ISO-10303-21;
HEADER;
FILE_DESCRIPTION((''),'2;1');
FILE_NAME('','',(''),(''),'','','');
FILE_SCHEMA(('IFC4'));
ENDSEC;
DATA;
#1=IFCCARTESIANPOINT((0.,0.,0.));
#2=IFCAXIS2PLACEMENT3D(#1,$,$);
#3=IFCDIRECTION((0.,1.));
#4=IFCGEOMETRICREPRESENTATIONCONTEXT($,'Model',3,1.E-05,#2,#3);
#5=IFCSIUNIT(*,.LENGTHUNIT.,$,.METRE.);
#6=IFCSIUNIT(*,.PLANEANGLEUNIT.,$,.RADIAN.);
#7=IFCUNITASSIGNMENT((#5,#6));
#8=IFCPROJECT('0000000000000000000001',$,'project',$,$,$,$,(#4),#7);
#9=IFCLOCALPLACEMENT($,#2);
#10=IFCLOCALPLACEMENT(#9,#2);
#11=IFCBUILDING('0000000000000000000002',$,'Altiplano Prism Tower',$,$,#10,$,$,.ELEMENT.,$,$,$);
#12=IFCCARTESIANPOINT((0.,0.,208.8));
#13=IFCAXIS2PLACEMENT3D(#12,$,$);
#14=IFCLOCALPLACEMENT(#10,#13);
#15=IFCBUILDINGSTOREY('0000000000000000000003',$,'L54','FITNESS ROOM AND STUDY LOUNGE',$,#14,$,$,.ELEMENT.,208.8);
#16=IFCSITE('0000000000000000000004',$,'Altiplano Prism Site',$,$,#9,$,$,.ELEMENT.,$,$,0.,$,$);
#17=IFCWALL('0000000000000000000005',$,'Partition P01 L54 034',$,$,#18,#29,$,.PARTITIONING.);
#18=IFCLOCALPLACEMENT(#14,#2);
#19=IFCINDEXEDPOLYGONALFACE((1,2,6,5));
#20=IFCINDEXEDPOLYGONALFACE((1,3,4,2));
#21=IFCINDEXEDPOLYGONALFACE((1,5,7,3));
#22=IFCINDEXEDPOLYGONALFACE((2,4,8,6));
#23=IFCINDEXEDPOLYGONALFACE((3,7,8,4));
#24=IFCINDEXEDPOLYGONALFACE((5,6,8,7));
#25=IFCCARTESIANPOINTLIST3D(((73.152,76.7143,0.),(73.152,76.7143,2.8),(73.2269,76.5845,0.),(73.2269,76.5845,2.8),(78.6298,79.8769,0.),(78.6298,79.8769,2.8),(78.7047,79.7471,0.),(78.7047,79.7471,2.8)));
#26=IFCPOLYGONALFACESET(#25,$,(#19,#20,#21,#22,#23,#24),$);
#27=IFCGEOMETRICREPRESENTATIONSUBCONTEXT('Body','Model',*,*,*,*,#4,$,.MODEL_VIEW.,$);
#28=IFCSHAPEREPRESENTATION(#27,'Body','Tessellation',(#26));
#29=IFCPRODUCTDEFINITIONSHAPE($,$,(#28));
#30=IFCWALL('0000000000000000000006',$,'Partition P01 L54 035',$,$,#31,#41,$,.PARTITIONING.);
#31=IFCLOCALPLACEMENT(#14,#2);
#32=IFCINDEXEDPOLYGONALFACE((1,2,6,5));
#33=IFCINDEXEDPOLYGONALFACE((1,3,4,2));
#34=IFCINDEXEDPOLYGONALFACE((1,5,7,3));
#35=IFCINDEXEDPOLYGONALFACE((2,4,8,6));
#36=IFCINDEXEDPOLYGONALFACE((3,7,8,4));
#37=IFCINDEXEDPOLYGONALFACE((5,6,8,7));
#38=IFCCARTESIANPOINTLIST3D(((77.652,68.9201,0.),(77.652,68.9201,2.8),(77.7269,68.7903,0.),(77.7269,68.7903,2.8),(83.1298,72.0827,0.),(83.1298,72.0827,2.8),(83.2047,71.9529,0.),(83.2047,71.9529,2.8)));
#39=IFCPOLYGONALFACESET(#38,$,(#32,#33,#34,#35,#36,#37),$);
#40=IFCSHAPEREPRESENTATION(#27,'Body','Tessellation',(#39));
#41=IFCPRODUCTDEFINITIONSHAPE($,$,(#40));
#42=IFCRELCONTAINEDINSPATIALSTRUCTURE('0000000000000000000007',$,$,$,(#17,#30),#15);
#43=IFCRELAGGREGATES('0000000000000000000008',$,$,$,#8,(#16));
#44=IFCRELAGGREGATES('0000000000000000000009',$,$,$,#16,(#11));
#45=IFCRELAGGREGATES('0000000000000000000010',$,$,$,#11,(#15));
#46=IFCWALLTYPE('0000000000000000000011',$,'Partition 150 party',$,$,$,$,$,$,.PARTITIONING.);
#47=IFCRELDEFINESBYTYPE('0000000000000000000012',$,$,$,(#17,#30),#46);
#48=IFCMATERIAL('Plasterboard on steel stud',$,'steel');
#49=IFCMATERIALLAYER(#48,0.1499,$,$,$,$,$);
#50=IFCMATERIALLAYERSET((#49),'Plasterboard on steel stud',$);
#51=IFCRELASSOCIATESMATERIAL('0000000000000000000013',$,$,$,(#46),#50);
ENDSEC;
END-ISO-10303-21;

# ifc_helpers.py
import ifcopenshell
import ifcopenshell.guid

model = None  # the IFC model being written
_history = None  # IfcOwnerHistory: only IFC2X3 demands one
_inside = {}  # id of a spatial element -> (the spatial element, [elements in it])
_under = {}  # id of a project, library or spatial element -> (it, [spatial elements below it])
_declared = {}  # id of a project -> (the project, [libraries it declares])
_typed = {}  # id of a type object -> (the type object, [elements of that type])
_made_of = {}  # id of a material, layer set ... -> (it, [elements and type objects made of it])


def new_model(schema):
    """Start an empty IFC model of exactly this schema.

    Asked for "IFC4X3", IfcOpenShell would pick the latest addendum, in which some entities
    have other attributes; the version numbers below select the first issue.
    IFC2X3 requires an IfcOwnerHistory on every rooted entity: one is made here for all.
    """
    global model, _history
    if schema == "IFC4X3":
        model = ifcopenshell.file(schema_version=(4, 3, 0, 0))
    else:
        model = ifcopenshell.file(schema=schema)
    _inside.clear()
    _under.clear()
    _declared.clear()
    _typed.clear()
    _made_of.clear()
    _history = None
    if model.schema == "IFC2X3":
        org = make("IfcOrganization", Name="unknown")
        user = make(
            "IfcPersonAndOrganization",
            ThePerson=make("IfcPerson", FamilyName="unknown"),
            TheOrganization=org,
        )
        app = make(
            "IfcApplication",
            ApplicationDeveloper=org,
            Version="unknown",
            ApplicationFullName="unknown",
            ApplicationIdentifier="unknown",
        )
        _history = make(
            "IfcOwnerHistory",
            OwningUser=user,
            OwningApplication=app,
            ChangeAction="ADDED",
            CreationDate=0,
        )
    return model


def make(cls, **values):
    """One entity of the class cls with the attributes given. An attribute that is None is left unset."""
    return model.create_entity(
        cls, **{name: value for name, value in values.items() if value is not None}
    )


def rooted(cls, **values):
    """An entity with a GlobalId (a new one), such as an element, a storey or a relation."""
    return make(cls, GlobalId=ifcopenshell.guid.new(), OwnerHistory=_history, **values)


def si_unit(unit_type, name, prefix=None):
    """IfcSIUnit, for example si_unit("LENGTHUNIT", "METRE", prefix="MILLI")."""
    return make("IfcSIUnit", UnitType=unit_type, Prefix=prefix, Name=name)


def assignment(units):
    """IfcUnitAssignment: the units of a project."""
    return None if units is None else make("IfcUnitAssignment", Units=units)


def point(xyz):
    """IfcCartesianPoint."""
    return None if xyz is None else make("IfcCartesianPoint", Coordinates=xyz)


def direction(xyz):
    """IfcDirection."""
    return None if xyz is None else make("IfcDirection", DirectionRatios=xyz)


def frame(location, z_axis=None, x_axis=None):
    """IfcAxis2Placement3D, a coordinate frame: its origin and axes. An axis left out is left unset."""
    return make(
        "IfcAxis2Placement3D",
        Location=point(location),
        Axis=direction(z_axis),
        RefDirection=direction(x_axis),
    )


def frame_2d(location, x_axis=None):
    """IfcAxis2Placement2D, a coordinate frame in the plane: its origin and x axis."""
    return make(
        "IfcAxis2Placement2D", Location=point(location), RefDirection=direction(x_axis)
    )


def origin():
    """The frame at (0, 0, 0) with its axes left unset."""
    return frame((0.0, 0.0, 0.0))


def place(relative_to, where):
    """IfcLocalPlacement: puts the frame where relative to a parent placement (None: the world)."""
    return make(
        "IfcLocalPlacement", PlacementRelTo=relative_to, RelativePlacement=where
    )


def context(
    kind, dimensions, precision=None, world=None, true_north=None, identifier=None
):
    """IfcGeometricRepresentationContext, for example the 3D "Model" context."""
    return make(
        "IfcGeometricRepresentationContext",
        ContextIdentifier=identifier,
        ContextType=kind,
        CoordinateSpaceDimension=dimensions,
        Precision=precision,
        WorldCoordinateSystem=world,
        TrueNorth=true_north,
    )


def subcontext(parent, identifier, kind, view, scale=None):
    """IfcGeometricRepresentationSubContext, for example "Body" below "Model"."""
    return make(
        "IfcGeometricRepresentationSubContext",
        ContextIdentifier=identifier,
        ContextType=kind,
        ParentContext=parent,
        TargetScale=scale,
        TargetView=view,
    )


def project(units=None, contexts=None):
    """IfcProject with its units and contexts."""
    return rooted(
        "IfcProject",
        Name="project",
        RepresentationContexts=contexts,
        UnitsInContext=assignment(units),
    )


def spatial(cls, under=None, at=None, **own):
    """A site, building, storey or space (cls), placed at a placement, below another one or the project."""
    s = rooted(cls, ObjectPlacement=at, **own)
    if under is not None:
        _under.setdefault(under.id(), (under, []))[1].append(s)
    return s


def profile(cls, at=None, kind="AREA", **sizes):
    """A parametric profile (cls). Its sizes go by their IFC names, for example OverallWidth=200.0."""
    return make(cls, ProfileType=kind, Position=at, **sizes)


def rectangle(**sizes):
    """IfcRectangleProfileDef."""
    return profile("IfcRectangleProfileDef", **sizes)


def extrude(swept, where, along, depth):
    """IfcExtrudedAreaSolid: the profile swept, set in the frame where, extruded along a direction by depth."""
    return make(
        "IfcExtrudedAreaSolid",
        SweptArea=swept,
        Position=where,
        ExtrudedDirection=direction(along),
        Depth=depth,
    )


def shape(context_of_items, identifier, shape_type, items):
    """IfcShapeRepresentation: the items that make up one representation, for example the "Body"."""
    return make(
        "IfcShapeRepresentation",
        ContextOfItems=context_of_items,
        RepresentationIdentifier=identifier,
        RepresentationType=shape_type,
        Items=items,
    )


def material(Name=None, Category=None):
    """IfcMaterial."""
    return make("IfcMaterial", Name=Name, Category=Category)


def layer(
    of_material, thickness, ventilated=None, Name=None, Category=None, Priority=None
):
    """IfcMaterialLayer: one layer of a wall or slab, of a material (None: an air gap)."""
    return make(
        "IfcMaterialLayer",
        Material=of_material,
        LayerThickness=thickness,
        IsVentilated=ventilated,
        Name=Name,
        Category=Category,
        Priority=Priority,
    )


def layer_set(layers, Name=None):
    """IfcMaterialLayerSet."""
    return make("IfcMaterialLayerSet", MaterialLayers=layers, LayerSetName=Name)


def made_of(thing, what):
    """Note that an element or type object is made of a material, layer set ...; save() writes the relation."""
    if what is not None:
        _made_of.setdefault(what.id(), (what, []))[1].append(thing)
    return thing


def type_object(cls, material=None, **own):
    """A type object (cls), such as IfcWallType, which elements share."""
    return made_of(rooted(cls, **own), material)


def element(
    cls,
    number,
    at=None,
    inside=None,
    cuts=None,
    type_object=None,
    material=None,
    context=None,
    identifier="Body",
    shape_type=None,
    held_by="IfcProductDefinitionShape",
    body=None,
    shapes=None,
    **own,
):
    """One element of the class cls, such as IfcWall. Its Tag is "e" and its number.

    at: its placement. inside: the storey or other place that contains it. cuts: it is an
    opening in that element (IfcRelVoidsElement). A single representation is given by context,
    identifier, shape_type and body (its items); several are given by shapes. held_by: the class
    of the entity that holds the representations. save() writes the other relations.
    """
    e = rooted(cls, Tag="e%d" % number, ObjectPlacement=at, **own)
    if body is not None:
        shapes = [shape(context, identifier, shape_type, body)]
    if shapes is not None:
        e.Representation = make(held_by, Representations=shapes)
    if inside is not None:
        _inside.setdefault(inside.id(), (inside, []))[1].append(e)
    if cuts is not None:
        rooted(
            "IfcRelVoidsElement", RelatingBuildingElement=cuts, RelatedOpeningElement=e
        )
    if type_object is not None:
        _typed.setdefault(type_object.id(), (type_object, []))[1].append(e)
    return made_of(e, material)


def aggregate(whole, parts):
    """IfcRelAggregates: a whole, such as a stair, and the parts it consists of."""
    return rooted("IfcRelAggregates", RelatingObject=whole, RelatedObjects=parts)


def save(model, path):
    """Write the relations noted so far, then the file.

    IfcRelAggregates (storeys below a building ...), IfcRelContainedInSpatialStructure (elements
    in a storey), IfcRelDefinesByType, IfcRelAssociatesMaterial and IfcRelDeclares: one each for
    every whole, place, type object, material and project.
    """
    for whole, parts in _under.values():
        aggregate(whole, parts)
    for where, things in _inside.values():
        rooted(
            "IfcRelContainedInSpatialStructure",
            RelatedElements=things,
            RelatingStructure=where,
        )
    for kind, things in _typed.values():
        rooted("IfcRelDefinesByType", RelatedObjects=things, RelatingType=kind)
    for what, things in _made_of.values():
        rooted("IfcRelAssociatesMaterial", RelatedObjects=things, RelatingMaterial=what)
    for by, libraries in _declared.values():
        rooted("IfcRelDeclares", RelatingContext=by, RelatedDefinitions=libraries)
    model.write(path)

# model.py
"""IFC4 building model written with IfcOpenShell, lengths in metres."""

from ifc_helpers import new_model, si_unit, direction, frame, frame_2d, origin, place, context, subcontext, project, spatial, rectangle, extrude, material, layer, layer_set, type_object, element, save


model = new_model("IFC4")

# Units and contexts
model_context = context("Model", 3, precision=1e-05, world=origin(), true_north=direction((0.0, 1.0)))
body_context = subcontext(model_context, "Body", "Model", "MODEL_VIEW")
ifc_project = project(units=[si_unit("LENGTHUNIT", "METRE"), si_unit("PLANEANGLEUNIT", "RADIAN")], contexts=[model_context])

# Site, building, storey
site_placement = place(None, origin())
site = spatial("IfcSite", under=ifc_project, at=site_placement, Name="Altiplano Prism Site", CompositionType="ELEMENT", RefElevation=0.0)
building_placement = place(site_placement, origin())
building = spatial("IfcBuilding", under=site, at=building_placement, Name="Altiplano Prism Tower", CompositionType="ELEMENT")
storey_placement = place(building_placement, frame((0.0, 0.0, 208.8)))
storey = spatial("IfcBuildingStorey", under=building, at=storey_placement, Name="L54", Description="FITNESS ROOM AND STUDY LOUNGE", CompositionType="ELEMENT", Elevation=208.8)

# Walls
ifc_material_1 = material(Name="Plasterboard on steel stud", Category="steel")
ifc_layer_1 = layer(ifc_material_1, 0.1499)
ifc_layer_set_1 = layer_set([ifc_layer_1], Name="Plasterboard on steel stud")
wall_type = type_object("IfcWallType", Name="Partition 150 party", PredefinedType="PARTITIONING", material=ifc_layer_set_1)
for number, where, z_axis, x_axis, name in (
    (1, (73.1895, 76.6494, 0.0), (0.0, 0.0, 1.0), (0.866026, 0.5, 0.0), "Partition P01 L54 034"),
    (2, (77.6895, 68.8552, 0.0), (0.0, 0.0, 1.0), (0.866026, 0.5, 0.0), "Partition P01 L54 035"),
):
    element("IfcWall", number, at=place(storey_placement, frame(where, z_axis=z_axis, x_axis=x_axis)), inside=storey, type_object=wall_type, Name=name, PredefinedType="PARTITIONING", context=body_context, shape_type="SweptSolid", body=[
        extrude(rectangle(XDim=6.3252, YDim=0.1499, at=frame_2d((3.1626, 0.0))), origin(), (0.0, 0.0, 1.0), 2.8),
    ])

save(model, "model.ifc")
